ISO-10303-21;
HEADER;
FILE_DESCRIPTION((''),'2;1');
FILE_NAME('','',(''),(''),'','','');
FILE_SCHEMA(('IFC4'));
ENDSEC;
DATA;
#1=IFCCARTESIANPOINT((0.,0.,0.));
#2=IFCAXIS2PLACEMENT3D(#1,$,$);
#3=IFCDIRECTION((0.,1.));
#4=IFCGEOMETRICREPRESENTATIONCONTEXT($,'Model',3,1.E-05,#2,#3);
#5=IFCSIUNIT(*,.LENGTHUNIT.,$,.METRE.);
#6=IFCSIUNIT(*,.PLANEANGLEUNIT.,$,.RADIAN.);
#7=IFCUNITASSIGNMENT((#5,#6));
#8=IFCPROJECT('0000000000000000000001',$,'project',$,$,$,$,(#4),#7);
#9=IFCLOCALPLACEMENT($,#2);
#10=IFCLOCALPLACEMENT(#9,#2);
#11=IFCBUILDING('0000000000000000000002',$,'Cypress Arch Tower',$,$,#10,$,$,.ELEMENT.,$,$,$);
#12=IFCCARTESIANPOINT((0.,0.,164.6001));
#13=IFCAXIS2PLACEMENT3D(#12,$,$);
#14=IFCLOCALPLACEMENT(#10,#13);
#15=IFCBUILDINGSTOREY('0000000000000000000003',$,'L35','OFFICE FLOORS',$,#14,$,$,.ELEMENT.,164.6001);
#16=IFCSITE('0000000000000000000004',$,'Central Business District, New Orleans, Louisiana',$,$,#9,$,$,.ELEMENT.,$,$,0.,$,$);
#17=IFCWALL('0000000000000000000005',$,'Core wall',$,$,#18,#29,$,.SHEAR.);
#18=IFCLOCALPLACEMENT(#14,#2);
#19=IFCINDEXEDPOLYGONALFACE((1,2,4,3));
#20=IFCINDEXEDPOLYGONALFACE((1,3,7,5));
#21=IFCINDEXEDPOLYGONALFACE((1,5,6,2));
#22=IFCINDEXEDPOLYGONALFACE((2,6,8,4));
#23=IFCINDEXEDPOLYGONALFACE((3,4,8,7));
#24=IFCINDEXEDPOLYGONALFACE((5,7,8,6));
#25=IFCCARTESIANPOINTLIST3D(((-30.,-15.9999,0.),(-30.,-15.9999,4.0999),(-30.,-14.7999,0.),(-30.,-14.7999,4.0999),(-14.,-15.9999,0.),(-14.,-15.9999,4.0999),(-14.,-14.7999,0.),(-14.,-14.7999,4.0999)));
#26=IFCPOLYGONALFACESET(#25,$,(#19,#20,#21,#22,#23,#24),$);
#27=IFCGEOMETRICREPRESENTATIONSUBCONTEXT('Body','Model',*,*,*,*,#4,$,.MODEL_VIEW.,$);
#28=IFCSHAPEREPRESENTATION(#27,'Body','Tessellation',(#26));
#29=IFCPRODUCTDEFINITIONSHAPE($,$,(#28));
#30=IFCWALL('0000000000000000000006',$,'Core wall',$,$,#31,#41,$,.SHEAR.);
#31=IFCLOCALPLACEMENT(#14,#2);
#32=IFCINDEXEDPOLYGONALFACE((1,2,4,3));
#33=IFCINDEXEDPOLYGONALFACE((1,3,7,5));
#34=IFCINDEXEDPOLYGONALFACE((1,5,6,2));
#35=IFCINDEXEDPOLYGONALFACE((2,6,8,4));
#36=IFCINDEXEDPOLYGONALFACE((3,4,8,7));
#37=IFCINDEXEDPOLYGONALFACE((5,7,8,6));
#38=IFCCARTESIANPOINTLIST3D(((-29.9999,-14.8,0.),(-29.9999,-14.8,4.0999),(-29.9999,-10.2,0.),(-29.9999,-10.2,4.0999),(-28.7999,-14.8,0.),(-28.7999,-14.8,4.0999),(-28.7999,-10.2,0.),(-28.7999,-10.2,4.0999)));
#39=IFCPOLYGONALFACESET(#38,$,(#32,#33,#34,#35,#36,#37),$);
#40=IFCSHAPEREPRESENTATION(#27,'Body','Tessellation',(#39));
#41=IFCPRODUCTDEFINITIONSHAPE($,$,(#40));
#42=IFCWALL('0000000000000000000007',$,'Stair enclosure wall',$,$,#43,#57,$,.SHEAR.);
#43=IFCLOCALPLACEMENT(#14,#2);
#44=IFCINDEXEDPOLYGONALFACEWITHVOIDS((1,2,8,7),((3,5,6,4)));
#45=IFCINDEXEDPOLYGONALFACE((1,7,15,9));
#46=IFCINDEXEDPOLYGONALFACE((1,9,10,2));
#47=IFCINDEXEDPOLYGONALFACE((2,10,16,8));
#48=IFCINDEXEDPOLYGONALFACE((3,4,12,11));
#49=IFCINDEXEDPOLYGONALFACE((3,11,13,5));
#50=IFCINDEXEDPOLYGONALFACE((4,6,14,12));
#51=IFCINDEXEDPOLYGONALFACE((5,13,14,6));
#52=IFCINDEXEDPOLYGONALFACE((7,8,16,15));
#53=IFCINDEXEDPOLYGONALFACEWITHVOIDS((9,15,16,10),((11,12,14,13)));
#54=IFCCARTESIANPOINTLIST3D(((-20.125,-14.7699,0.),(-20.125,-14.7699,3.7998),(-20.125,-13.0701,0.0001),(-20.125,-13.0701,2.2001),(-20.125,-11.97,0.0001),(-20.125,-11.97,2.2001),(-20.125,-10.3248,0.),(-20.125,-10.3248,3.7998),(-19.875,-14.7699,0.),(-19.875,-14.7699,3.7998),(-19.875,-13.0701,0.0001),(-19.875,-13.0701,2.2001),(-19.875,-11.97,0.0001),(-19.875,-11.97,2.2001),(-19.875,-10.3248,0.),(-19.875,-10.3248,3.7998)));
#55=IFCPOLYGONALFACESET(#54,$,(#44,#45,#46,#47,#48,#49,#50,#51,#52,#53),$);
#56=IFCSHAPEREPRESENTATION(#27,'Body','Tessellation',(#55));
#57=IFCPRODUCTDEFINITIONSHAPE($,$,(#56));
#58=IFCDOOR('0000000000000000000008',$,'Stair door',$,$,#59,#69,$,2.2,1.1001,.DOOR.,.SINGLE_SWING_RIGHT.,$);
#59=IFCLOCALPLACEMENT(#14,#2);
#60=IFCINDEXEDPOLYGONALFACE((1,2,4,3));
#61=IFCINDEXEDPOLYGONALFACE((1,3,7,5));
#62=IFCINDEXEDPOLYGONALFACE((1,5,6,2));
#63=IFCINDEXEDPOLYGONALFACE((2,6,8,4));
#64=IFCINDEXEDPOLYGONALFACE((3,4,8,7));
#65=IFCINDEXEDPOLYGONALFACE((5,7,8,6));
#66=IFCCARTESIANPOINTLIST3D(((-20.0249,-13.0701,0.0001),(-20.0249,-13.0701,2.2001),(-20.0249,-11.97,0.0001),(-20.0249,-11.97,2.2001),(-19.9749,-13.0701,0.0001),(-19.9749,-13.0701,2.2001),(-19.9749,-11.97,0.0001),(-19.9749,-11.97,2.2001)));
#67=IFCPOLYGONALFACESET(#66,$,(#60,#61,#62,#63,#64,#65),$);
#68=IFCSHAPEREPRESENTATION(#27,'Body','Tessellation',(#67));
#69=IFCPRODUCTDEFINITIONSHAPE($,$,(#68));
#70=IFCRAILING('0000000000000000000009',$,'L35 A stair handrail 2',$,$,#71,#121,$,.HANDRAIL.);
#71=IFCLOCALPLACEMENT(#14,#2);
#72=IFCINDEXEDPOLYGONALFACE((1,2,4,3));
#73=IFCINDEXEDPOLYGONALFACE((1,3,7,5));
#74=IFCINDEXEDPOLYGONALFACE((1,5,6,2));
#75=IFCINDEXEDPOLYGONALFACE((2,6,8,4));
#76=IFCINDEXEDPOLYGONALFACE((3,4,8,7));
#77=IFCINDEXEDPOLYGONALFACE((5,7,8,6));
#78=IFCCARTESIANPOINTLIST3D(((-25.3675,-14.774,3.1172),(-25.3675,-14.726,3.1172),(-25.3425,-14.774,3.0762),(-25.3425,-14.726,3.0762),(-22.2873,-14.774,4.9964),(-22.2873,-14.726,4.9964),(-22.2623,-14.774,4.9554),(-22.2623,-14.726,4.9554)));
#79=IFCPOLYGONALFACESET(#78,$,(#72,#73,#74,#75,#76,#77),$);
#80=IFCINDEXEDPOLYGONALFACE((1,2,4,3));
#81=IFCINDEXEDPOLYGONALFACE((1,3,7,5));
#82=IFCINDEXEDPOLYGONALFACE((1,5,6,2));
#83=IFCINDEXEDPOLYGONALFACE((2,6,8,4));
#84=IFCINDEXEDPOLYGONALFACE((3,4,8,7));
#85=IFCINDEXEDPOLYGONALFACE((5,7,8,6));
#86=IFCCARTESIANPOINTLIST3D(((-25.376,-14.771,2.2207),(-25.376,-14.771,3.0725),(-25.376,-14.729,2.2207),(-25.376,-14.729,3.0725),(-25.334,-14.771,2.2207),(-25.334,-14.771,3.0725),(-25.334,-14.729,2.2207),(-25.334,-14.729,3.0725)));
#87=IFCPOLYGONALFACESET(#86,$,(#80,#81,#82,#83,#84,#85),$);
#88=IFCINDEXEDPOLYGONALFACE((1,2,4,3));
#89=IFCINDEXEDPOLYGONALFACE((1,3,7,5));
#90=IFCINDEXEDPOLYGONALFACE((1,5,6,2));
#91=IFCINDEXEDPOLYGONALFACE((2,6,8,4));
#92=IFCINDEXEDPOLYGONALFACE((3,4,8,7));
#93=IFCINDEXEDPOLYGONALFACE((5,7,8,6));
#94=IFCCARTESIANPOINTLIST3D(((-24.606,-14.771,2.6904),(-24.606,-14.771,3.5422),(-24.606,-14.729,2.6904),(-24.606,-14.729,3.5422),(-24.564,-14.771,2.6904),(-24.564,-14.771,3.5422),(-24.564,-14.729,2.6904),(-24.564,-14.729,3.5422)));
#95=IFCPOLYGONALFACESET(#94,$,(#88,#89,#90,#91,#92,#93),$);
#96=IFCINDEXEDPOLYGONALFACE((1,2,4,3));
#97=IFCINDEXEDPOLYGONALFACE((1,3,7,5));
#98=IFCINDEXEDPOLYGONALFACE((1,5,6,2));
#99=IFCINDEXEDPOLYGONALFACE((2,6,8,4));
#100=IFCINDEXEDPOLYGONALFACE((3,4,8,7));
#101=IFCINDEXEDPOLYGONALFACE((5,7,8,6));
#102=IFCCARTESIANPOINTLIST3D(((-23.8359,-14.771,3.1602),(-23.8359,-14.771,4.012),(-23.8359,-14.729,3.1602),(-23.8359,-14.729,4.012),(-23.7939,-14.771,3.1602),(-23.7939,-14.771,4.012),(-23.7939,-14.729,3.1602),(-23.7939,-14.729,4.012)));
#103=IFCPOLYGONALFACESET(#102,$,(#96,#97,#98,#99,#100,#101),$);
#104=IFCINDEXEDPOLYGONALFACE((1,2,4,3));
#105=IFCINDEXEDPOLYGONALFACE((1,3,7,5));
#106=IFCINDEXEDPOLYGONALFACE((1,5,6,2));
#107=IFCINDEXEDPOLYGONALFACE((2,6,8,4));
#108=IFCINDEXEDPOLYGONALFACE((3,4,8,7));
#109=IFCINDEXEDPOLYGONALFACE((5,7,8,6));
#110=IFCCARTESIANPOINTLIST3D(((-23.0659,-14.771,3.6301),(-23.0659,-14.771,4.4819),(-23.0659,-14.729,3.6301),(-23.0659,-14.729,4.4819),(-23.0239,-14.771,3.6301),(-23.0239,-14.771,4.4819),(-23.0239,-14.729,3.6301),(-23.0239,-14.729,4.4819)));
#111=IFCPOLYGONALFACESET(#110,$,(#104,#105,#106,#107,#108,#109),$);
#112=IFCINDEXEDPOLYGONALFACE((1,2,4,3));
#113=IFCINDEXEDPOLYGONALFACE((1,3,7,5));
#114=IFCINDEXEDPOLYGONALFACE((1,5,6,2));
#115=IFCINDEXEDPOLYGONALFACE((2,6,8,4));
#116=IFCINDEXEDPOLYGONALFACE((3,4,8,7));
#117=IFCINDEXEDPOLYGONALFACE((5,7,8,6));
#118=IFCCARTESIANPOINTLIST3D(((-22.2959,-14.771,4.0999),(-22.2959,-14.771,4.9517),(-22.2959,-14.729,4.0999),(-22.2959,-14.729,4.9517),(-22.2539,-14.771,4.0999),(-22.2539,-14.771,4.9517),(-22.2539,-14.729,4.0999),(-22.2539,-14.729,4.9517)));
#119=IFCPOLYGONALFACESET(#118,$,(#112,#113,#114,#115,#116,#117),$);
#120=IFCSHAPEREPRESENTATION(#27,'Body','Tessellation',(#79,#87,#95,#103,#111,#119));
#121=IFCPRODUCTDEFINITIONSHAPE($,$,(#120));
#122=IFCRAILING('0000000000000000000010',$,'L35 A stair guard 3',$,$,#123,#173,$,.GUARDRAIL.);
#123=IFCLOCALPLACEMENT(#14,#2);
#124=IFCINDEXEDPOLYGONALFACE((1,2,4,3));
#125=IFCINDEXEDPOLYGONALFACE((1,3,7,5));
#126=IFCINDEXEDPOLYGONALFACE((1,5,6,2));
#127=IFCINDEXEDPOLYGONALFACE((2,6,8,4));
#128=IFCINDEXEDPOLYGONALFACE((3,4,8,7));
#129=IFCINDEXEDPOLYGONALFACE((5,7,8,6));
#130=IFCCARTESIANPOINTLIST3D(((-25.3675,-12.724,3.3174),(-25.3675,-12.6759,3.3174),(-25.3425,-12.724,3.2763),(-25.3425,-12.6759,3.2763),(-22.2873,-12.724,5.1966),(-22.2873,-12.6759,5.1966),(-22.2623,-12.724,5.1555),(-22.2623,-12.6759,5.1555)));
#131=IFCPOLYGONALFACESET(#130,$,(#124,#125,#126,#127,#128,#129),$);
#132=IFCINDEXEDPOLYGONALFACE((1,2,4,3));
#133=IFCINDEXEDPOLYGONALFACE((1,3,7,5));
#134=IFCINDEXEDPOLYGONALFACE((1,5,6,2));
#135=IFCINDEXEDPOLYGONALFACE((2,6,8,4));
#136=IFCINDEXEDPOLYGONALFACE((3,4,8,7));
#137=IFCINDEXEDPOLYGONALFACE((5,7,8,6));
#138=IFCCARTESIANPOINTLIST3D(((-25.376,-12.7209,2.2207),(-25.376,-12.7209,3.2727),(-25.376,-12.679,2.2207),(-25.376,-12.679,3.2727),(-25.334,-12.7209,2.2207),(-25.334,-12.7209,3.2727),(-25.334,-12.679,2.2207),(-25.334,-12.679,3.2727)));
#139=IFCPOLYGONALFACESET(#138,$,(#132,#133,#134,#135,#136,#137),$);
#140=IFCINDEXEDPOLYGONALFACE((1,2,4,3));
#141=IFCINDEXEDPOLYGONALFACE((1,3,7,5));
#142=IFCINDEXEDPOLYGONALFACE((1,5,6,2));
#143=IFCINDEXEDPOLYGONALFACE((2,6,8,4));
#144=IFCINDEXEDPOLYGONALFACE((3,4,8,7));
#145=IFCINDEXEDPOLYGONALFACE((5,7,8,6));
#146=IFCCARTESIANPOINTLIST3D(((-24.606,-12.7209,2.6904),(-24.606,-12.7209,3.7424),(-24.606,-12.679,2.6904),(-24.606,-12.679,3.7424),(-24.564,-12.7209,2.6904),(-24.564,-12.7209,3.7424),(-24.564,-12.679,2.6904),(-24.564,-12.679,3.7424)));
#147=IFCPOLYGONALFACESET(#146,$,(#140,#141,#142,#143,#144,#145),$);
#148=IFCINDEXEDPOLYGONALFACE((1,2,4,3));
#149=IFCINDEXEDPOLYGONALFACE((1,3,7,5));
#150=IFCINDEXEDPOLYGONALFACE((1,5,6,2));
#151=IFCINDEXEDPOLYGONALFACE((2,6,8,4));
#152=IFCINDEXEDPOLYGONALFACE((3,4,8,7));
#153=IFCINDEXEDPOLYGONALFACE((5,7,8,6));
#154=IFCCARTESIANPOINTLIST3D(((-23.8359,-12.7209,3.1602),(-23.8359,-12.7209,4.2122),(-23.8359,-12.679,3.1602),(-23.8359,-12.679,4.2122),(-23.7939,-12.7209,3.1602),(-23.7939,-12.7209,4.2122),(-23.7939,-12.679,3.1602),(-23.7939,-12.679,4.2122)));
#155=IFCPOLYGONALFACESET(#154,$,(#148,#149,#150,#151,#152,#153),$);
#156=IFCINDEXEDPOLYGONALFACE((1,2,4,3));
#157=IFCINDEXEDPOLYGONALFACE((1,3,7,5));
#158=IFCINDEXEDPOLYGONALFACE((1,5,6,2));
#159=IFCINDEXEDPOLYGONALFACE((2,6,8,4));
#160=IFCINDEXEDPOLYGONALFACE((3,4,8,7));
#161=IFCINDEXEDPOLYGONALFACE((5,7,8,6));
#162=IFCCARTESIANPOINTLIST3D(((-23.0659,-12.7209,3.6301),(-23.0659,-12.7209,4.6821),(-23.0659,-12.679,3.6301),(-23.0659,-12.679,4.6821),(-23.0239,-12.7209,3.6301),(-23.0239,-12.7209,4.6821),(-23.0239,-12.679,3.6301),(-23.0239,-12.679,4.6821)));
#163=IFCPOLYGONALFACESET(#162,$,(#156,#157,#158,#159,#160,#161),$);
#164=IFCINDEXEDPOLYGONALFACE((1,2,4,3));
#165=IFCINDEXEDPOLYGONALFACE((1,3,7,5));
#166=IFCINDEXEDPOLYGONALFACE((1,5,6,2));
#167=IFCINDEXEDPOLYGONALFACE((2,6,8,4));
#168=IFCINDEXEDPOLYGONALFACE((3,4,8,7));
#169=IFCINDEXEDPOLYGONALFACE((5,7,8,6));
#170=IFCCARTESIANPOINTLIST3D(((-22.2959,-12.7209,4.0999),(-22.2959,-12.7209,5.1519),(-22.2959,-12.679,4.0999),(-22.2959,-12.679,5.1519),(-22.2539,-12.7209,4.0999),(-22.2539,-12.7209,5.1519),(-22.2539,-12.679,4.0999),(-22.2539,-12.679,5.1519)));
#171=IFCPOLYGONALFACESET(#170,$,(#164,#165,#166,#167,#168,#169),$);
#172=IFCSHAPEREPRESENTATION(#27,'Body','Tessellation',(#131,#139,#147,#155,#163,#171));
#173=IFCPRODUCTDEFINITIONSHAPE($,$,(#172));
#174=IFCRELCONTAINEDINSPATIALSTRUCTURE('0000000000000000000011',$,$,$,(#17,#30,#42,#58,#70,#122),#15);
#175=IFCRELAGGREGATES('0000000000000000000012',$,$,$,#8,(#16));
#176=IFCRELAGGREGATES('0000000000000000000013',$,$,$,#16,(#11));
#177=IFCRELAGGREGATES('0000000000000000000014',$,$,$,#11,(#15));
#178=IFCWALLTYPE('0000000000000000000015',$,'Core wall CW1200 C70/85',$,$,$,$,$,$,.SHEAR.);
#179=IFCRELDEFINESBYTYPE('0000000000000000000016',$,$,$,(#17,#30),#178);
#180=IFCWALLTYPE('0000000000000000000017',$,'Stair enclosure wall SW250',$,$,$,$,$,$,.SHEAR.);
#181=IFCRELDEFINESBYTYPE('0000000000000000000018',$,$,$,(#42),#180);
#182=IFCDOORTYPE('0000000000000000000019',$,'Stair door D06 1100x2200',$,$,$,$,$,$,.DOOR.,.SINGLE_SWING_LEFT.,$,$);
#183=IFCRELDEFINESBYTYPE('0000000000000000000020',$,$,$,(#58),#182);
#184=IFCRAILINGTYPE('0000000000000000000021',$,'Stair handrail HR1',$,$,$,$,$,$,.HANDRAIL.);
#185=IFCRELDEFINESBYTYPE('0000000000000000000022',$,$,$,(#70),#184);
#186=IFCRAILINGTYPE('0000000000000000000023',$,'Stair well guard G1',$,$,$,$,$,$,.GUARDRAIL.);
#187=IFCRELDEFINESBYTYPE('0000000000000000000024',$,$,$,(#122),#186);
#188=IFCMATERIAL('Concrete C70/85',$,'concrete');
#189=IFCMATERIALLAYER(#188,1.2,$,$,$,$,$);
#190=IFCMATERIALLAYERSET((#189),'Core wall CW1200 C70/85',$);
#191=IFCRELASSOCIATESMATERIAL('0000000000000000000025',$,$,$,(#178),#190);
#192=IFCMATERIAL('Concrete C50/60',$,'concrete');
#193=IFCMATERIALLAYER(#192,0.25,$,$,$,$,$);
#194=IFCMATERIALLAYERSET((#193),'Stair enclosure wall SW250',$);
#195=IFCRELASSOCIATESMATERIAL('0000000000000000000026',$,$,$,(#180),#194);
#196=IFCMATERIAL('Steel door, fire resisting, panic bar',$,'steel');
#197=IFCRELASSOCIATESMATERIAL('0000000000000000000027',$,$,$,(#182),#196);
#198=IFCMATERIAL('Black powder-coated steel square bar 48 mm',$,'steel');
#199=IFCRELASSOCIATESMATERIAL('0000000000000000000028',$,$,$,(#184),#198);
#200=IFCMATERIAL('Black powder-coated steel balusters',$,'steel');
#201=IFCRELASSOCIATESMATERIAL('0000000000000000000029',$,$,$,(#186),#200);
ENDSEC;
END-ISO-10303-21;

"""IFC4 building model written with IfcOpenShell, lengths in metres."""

from ifc_helpers import new_model, si_unit, direction, frame, frame_2d, origin, origin_2d, place, context, subcontext, project, spatial, rectangle, extrude, material, layer, layer_set, type_object, element, fill, save


model = new_model("IFC4")

# Units and contexts
model_context = context("Model", 3, precision=1e-05, world=origin(), true_north=direction((0.0, 1.0)))
body_context = subcontext(model_context, "Body", "Model", "MODEL_VIEW")
ifc_project = project(units=[si_unit("LENGTHUNIT", "METRE"), si_unit("PLANEANGLEUNIT", "RADIAN")], contexts=[model_context])

# Site, building, storey
site_placement = place(None, origin())
site = spatial("IfcSite", under=ifc_project, at=site_placement, Name="Central Business District, New Orleans, Louisiana", CompositionType="ELEMENT", RefElevation=0.0)
building_placement = place(site_placement, origin())
building = spatial("IfcBuilding", under=site, at=building_placement, Name="Cypress Arch Tower", CompositionType="ELEMENT")
storey_placement = place(building_placement, frame((0.0, 0.0, 164.6001)))
storey = spatial("IfcBuildingStorey", under=building, at=storey_placement, Name="L35", Description="OFFICE FLOORS", CompositionType="ELEMENT", Elevation=164.6001)

# Walls
ifc_material_1 = material(Name="Concrete C70/85", Category="concrete")
ifc_layer_1 = layer(ifc_material_1, 1.2)
ifc_layer_set_1 = layer_set([ifc_layer_1], Name="Core wall CW1200 C70/85")
wall_type_1 = type_object("IfcWallType", Name="Core wall CW1200 C70/85", PredefinedType="SHEAR", material=ifc_layer_set_1)
wall_1_placement = place(storey_placement, frame((-30.0, -15.3999, 0.0), z_axis=(0.0, 0.0, 1.0), x_axis=(1.0, 0.0, 0.0)))
element("IfcWall", 1, at=wall_1_placement, inside=storey, type_object=wall_type_1, Name="Core wall", PredefinedType="SHEAR", context=body_context, shape_type="SweptSolid", body=[
    extrude(rectangle(XDim=16.0, YDim=1.2, at=frame_2d((8.0, 0.0))), origin(), (0.0, 0.0, 1.0), 4.0999),
])
wall_2_placement = place(storey_placement, frame((-29.3999, -14.8, 0.0), z_axis=(0.0, 0.0, 1.0), x_axis=(0.0, 1.0, 0.0)))
element("IfcWall", 2, at=wall_2_placement, inside=storey, type_object=wall_type_1, Name="Core wall", PredefinedType="SHEAR", context=body_context, shape_type="SweptSolid", body=[
    extrude(rectangle(XDim=4.6001, YDim=1.2, at=frame_2d((2.3, 0.0))), origin(), (0.0, 0.0, 1.0), 4.0999),
])

# Wall, opening, door
ifc_material_2 = material(Name="Concrete C50/60", Category="concrete")
ifc_layer_2 = layer(ifc_material_2, 0.25)
ifc_layer_set_2 = layer_set([ifc_layer_2], Name="Stair enclosure wall SW250")
wall_type_2 = type_object("IfcWallType", Name="Stair enclosure wall SW250", PredefinedType="SHEAR", material=ifc_layer_set_2)
wall_3_placement = place(storey_placement, frame((-20.0, -14.77, 0.0), z_axis=(0.0, 0.0, 1.0), x_axis=(0.0, 1.0, 0.0)))
wall_3 = element("IfcWall", 3, at=wall_3_placement, inside=storey, type_object=wall_type_2, Name="Stair enclosure wall", PredefinedType="SHEAR", context=body_context, shape_type="SweptSolid", body=[
    extrude(rectangle(XDim=4.4451, YDim=0.25, at=frame_2d((2.2227, 0.0))), origin(), (0.0, 0.0, 1.0), 3.7998),
])
opening_1_placement = place(wall_3_placement, frame((1.7, 0.0, 0.0)))
opening_1 = element("IfcOpeningElement", 4, at=opening_1_placement, cuts=wall_3, PredefinedType="OPENING", context=body_context, shape_type="SweptSolid", body=[
    extrude(rectangle(XDim=1.1001, YDim=2.2, at=frame_2d((0.55, 1.1001))), frame((0.0, 0.135, 0.0), z_axis=(0.0, -1.0, 0.0), x_axis=(1.0, 0.0, 0.0)), (0.0, 0.0, 1.0), 0.27),
])
ifc_material_3 = material(Name="Steel door, fire resisting, panic bar", Category="steel")
door_type = type_object("IfcDoorType", Name="Stair door D06 1100x2200", OperationType="SINGLE_SWING_LEFT", PredefinedType="DOOR", material=ifc_material_3)
door_placement = place(opening_1_placement, origin())
door = element("IfcDoor", 5, at=door_placement, inside=storey, type_object=door_type, Name="Stair door", OperationType="SINGLE_SWING_RIGHT", OverallHeight=2.2, OverallWidth=1.1001, PredefinedType="DOOR", context=body_context, shape_type="SweptSolid", body=[
    extrude(rectangle(XDim=1.1001, YDim=2.2, at=frame_2d((0.55, 1.1001))), frame((0.0, 0.0249, 0.0), z_axis=(0.0, -1.0, 0.0), x_axis=(1.0, 0.0, 0.0)), (0.0, 0.0, 1.0), 0.05),
])
fill(opening_1, door)

# Railings
ifc_material_4 = material(Name="Black powder-coated steel square bar 48 mm", Category="steel")
railing_type_1 = type_object("IfcRailingType", Name="Stair handrail HR1", PredefinedType="HANDRAIL", material=ifc_material_4)
railing_1_placement = place(storey_placement, frame((-25.355, -14.75, 2.2207)))
element("IfcRailing", 6, at=railing_1_placement, inside=storey, type_object=railing_type_1, Name="L35 A stair handrail 2", PredefinedType="HANDRAIL", context=body_context, shape_type="SweptSolid", body=[
    extrude(rectangle(XDim=0.0481, YDim=0.0481, at=origin_2d()), frame((0.0, 0.0, 0.876), z_axis=(0.853666, 0.0, 0.52082), x_axis=(0.0, 1.0, 0.0)), (0.0, 0.0, 1.0), 3.6082),
    extrude(rectangle(XDim=0.042, YDim=0.042, at=origin_2d()), origin(), (0.0, 0.0, 1.0), 0.8518),
    extrude(rectangle(XDim=0.042, YDim=0.042, at=origin_2d()), frame((0.77, 0.0, 0.4697)), (0.0, 0.0, 1.0), 0.8518),
    extrude(rectangle(XDim=0.042, YDim=0.042, at=origin_2d()), frame((1.54, 0.0, 0.9395)), (0.0, 0.0, 1.0), 0.8518),
    extrude(rectangle(XDim=0.042, YDim=0.042, at=origin_2d()), frame((2.3101, 0.0, 1.4094)), (0.0, 0.0, 1.0), 0.8518),
    extrude(rectangle(XDim=0.042, YDim=0.042, at=origin_2d()), frame((3.0801, 0.0, 1.8792)), (0.0, 0.0, 1.0), 0.8518),
])
ifc_material_5 = material(Name="Black powder-coated steel balusters", Category="steel")
railing_type_2 = type_object("IfcRailingType", Name="Stair well guard G1", PredefinedType="GUARDRAIL", material=ifc_material_5)
railing_2_placement = place(storey_placement, frame((-25.355, -12.7, 2.2207)))
element("IfcRailing", 7, at=railing_2_placement, inside=storey, type_object=railing_type_2, Name="L35 A stair guard 3", PredefinedType="GUARDRAIL", context=body_context, shape_type="SweptSolid", body=[
    extrude(rectangle(XDim=0.0481, YDim=0.0481, at=origin_2d()), frame((0.0, 0.0, 1.0762), z_axis=(0.853666, 0.0, 0.52082), x_axis=(0.0, 1.0, 0.0)), (0.0, 0.0, 1.0), 3.6082),
    extrude(rectangle(XDim=0.042, YDim=0.042, at=origin_2d()), origin(), (0.0, 0.0, 1.0), 1.052),
    extrude(rectangle(XDim=0.042, YDim=0.042, at=origin_2d()), frame((0.77, 0.0, 0.4697)), (0.0, 0.0, 1.0), 1.052),
    extrude(rectangle(XDim=0.042, YDim=0.042, at=origin_2d()), frame((1.54, 0.0, 0.9395)), (0.0, 0.0, 1.0), 1.052),
    extrude(rectangle(XDim=0.042, YDim=0.042, at=origin_2d()), frame((2.3101, 0.0, 1.4094)), (0.0, 0.0, 1.0), 1.052),
    extrude(rectangle(XDim=0.042, YDim=0.042, at=origin_2d()), frame((3.0801, 0.0, 1.8792)), (0.0, 0.0, 1.0), 1.052),
])

save(model, "model.ifc")
